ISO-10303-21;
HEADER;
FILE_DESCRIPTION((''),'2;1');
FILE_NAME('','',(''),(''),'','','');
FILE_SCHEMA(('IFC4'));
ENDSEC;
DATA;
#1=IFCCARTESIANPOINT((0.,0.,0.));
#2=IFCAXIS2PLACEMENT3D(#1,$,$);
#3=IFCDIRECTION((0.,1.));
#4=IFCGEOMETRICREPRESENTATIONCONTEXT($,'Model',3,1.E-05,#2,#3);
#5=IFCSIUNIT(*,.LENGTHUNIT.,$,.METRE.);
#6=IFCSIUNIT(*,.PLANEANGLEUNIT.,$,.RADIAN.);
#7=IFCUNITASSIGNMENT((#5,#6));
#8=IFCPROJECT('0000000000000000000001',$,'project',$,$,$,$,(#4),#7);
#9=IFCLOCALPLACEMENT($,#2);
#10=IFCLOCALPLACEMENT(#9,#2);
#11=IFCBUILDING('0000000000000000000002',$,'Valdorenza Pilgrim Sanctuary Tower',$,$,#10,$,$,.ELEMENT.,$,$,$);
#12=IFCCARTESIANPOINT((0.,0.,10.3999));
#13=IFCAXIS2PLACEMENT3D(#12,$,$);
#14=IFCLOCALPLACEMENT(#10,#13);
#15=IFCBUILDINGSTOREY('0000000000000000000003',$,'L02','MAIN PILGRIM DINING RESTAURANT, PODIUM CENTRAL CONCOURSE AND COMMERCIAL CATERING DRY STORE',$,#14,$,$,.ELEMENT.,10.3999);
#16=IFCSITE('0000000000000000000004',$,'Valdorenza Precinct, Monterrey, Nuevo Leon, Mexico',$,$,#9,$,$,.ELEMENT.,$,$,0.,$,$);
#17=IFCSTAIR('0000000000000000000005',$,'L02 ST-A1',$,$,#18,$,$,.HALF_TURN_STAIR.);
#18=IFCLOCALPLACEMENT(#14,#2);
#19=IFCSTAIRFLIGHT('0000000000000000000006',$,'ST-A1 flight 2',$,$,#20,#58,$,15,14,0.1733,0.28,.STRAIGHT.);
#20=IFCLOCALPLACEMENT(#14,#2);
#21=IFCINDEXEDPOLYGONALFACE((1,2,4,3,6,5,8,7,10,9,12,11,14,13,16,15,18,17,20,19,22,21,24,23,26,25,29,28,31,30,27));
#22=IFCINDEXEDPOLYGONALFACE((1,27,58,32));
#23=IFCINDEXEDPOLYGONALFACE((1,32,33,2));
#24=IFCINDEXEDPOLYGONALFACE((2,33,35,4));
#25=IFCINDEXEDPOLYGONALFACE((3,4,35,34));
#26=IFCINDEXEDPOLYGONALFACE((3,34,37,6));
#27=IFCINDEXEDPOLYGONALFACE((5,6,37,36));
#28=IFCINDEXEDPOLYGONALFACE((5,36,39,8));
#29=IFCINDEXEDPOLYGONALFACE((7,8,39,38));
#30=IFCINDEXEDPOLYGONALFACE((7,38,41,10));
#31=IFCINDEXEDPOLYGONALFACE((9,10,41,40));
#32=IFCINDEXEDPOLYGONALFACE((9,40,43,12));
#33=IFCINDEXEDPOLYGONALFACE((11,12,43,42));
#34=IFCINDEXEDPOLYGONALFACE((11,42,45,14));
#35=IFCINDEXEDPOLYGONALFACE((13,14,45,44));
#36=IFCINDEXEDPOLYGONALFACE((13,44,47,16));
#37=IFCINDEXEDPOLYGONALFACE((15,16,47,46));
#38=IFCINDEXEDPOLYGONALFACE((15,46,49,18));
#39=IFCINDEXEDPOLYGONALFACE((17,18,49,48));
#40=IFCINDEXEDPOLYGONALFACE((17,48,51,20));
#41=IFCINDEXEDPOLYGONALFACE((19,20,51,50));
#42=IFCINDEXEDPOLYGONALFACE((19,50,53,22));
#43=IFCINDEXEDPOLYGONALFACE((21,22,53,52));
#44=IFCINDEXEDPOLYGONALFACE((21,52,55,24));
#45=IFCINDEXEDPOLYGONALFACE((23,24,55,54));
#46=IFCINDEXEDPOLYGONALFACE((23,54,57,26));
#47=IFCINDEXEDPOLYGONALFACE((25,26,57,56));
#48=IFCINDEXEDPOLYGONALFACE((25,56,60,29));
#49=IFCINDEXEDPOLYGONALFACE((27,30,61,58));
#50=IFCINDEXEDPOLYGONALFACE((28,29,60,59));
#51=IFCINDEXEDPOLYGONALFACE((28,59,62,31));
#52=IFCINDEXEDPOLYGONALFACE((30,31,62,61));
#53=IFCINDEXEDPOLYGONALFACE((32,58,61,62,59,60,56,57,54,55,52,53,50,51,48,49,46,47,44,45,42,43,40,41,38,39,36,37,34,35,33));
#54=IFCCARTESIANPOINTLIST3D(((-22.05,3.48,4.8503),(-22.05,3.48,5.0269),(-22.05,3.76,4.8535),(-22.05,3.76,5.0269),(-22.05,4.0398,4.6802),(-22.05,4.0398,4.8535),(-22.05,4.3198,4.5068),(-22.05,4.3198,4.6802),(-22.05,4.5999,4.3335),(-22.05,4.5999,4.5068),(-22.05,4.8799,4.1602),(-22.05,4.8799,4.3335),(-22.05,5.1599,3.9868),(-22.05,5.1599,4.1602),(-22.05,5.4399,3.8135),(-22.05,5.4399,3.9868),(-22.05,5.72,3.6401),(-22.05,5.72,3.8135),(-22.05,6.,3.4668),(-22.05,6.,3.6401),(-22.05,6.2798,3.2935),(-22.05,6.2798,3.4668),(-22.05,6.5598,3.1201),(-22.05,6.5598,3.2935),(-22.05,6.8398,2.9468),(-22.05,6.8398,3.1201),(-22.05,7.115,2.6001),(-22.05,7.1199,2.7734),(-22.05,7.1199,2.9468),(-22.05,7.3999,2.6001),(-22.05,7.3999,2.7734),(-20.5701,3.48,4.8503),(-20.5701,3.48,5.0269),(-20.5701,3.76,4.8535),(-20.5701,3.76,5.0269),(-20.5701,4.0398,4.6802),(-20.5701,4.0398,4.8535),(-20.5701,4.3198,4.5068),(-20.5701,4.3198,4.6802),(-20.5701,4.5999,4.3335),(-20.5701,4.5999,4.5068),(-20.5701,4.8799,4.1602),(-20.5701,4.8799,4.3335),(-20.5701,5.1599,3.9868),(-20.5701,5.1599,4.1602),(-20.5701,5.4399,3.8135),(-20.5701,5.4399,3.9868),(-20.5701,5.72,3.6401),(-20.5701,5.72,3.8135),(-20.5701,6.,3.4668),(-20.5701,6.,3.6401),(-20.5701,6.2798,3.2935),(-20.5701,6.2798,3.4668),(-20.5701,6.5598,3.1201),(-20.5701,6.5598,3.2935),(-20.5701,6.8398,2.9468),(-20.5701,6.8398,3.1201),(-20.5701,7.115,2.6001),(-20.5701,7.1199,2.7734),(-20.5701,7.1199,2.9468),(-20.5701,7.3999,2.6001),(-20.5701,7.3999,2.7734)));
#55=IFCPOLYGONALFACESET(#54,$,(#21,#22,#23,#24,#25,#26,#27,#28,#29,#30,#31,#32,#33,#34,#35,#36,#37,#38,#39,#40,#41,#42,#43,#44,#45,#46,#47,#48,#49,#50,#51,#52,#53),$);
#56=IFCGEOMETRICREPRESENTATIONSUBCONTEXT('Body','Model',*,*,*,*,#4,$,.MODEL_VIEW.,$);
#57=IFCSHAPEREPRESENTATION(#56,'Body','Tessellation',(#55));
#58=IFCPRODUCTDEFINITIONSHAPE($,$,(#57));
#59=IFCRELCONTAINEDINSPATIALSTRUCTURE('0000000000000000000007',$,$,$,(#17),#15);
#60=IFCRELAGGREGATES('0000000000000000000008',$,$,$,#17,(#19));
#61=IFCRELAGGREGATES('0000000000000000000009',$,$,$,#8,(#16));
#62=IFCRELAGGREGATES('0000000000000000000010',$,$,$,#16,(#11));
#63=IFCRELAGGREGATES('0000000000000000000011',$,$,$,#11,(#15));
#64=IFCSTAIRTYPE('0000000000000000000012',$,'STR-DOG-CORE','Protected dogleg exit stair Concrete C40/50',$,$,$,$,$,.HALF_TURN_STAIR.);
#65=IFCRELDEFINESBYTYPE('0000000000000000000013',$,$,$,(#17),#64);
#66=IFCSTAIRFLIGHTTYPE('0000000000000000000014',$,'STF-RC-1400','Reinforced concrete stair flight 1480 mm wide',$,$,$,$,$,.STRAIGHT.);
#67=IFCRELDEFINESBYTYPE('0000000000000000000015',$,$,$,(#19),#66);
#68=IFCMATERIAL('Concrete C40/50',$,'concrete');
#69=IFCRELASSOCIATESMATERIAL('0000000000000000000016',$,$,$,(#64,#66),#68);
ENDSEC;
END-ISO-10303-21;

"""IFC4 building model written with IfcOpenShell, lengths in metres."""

from ifc_helpers import new_model, si_unit, direction, frame, origin, place, context, subcontext, project, spatial, polyline, outline, extrude, material, type_object, element, aggregate, save


model = new_model("IFC4")

# Units and contexts
model_context = context("Model", 3, precision=1e-05, world=origin(), true_north=direction((0.0, 1.0)))
body_context = subcontext(model_context, "Body", "Model", "MODEL_VIEW")
ifc_project = project(units=[si_unit("LENGTHUNIT", "METRE"), si_unit("PLANEANGLEUNIT", "RADIAN")], contexts=[model_context])

# Site, building, storey
site_placement = place(None, origin())
site = spatial("IfcSite", under=ifc_project, at=site_placement, Name="Valdorenza Precinct, Monterrey, Nuevo Leon, Mexico", CompositionType="ELEMENT", RefElevation=0.0)
building_placement = place(site_placement, origin())
building = spatial("IfcBuilding", under=site, at=building_placement, Name="Valdorenza Pilgrim Sanctuary Tower", CompositionType="ELEMENT")
storey_placement = place(building_placement, frame((0.0, 0.0, 10.3999)))
storey = spatial("IfcBuildingStorey", under=building, at=storey_placement, Name="L02", Description="MAIN PILGRIM DINING RESTAURANT, PODIUM CENTRAL CONCOURSE AND COMMERCIAL CATERING DRY STORE", CompositionType="ELEMENT", Elevation=10.3999)

# Shared definitions
ifc_material_1 = material(Name="Concrete C40/50", Category="concrete")

# Stair, stair flight
stair_type = type_object("IfcStairType", Name="STR-DOG-CORE", Description="Protected dogleg exit stair Concrete C40/50", PredefinedType="HALF_TURN_STAIR", material=ifc_material_1)
stair_placement = place(storey_placement, origin())
stair = element("IfcStair", 1, at=stair_placement, inside=storey, type_object=stair_type, Name="L02 ST-A1", PredefinedType="HALF_TURN_STAIR")
stair_flight_type = type_object("IfcStairFlightType", Name="STF-RC-1400", Description="Reinforced concrete stair flight 1480 mm wide", PredefinedType="STRAIGHT", material=ifc_material_1)
stair_flight_placement = place(storey_placement, frame((-21.3101, 7.3999, 2.6001), z_axis=(0.0, 0.0, 1.0), x_axis=(0.0, -1.0, 0.0)))
stair_flight = element("IfcStairFlight", 2, at=stair_flight_placement, type_object=stair_flight_type, Name="ST-A1 flight 2", NumberOfRisers=15, NumberOfTreads=14, PredefinedType="STRAIGHT", RiserHeight=0.1733, TreadLength=0.28, context=body_context, shape_type="SweptSolid", body=[
    extrude(outline(polyline([(0.0, 0.0), (0.0, 0.1733), (0.28, 0.1733), (0.28, 0.3467), (0.5601, 0.3467), (0.5601, 0.52), (0.8401, 0.52), (0.8401, 0.6934), (1.1201, 0.6934), (1.1201, 0.8667), (1.3999, 0.8667), (1.3999, 1.04), (1.6799, 1.04), (1.6799, 1.2134), (1.96, 1.2134), (1.96, 1.3867), (2.24, 1.3867), (2.24, 1.5601), (2.52, 1.5601), (2.52, 1.7334), (2.8, 1.7334), (2.8, 1.9067), (3.0801, 1.9067), (3.0801, 2.0801), (3.3601, 2.0801), (3.3601, 2.2534), (3.6399, 2.2534), (3.6399, 2.4268), (3.9199, 2.4268), (3.9199, 2.6001), (3.9199, 2.2502), (0.2849, 0.0), (0.0, 0.0)])), frame((0.0, 0.74, 0.0), z_axis=(0.0, -1.0, 0.0), x_axis=(1.0, 0.0, 0.0)), (0.0, 0.0, 1.0), 1.48),
])
aggregate(stair, [stair_flight])

save(model, "model.ifc")
